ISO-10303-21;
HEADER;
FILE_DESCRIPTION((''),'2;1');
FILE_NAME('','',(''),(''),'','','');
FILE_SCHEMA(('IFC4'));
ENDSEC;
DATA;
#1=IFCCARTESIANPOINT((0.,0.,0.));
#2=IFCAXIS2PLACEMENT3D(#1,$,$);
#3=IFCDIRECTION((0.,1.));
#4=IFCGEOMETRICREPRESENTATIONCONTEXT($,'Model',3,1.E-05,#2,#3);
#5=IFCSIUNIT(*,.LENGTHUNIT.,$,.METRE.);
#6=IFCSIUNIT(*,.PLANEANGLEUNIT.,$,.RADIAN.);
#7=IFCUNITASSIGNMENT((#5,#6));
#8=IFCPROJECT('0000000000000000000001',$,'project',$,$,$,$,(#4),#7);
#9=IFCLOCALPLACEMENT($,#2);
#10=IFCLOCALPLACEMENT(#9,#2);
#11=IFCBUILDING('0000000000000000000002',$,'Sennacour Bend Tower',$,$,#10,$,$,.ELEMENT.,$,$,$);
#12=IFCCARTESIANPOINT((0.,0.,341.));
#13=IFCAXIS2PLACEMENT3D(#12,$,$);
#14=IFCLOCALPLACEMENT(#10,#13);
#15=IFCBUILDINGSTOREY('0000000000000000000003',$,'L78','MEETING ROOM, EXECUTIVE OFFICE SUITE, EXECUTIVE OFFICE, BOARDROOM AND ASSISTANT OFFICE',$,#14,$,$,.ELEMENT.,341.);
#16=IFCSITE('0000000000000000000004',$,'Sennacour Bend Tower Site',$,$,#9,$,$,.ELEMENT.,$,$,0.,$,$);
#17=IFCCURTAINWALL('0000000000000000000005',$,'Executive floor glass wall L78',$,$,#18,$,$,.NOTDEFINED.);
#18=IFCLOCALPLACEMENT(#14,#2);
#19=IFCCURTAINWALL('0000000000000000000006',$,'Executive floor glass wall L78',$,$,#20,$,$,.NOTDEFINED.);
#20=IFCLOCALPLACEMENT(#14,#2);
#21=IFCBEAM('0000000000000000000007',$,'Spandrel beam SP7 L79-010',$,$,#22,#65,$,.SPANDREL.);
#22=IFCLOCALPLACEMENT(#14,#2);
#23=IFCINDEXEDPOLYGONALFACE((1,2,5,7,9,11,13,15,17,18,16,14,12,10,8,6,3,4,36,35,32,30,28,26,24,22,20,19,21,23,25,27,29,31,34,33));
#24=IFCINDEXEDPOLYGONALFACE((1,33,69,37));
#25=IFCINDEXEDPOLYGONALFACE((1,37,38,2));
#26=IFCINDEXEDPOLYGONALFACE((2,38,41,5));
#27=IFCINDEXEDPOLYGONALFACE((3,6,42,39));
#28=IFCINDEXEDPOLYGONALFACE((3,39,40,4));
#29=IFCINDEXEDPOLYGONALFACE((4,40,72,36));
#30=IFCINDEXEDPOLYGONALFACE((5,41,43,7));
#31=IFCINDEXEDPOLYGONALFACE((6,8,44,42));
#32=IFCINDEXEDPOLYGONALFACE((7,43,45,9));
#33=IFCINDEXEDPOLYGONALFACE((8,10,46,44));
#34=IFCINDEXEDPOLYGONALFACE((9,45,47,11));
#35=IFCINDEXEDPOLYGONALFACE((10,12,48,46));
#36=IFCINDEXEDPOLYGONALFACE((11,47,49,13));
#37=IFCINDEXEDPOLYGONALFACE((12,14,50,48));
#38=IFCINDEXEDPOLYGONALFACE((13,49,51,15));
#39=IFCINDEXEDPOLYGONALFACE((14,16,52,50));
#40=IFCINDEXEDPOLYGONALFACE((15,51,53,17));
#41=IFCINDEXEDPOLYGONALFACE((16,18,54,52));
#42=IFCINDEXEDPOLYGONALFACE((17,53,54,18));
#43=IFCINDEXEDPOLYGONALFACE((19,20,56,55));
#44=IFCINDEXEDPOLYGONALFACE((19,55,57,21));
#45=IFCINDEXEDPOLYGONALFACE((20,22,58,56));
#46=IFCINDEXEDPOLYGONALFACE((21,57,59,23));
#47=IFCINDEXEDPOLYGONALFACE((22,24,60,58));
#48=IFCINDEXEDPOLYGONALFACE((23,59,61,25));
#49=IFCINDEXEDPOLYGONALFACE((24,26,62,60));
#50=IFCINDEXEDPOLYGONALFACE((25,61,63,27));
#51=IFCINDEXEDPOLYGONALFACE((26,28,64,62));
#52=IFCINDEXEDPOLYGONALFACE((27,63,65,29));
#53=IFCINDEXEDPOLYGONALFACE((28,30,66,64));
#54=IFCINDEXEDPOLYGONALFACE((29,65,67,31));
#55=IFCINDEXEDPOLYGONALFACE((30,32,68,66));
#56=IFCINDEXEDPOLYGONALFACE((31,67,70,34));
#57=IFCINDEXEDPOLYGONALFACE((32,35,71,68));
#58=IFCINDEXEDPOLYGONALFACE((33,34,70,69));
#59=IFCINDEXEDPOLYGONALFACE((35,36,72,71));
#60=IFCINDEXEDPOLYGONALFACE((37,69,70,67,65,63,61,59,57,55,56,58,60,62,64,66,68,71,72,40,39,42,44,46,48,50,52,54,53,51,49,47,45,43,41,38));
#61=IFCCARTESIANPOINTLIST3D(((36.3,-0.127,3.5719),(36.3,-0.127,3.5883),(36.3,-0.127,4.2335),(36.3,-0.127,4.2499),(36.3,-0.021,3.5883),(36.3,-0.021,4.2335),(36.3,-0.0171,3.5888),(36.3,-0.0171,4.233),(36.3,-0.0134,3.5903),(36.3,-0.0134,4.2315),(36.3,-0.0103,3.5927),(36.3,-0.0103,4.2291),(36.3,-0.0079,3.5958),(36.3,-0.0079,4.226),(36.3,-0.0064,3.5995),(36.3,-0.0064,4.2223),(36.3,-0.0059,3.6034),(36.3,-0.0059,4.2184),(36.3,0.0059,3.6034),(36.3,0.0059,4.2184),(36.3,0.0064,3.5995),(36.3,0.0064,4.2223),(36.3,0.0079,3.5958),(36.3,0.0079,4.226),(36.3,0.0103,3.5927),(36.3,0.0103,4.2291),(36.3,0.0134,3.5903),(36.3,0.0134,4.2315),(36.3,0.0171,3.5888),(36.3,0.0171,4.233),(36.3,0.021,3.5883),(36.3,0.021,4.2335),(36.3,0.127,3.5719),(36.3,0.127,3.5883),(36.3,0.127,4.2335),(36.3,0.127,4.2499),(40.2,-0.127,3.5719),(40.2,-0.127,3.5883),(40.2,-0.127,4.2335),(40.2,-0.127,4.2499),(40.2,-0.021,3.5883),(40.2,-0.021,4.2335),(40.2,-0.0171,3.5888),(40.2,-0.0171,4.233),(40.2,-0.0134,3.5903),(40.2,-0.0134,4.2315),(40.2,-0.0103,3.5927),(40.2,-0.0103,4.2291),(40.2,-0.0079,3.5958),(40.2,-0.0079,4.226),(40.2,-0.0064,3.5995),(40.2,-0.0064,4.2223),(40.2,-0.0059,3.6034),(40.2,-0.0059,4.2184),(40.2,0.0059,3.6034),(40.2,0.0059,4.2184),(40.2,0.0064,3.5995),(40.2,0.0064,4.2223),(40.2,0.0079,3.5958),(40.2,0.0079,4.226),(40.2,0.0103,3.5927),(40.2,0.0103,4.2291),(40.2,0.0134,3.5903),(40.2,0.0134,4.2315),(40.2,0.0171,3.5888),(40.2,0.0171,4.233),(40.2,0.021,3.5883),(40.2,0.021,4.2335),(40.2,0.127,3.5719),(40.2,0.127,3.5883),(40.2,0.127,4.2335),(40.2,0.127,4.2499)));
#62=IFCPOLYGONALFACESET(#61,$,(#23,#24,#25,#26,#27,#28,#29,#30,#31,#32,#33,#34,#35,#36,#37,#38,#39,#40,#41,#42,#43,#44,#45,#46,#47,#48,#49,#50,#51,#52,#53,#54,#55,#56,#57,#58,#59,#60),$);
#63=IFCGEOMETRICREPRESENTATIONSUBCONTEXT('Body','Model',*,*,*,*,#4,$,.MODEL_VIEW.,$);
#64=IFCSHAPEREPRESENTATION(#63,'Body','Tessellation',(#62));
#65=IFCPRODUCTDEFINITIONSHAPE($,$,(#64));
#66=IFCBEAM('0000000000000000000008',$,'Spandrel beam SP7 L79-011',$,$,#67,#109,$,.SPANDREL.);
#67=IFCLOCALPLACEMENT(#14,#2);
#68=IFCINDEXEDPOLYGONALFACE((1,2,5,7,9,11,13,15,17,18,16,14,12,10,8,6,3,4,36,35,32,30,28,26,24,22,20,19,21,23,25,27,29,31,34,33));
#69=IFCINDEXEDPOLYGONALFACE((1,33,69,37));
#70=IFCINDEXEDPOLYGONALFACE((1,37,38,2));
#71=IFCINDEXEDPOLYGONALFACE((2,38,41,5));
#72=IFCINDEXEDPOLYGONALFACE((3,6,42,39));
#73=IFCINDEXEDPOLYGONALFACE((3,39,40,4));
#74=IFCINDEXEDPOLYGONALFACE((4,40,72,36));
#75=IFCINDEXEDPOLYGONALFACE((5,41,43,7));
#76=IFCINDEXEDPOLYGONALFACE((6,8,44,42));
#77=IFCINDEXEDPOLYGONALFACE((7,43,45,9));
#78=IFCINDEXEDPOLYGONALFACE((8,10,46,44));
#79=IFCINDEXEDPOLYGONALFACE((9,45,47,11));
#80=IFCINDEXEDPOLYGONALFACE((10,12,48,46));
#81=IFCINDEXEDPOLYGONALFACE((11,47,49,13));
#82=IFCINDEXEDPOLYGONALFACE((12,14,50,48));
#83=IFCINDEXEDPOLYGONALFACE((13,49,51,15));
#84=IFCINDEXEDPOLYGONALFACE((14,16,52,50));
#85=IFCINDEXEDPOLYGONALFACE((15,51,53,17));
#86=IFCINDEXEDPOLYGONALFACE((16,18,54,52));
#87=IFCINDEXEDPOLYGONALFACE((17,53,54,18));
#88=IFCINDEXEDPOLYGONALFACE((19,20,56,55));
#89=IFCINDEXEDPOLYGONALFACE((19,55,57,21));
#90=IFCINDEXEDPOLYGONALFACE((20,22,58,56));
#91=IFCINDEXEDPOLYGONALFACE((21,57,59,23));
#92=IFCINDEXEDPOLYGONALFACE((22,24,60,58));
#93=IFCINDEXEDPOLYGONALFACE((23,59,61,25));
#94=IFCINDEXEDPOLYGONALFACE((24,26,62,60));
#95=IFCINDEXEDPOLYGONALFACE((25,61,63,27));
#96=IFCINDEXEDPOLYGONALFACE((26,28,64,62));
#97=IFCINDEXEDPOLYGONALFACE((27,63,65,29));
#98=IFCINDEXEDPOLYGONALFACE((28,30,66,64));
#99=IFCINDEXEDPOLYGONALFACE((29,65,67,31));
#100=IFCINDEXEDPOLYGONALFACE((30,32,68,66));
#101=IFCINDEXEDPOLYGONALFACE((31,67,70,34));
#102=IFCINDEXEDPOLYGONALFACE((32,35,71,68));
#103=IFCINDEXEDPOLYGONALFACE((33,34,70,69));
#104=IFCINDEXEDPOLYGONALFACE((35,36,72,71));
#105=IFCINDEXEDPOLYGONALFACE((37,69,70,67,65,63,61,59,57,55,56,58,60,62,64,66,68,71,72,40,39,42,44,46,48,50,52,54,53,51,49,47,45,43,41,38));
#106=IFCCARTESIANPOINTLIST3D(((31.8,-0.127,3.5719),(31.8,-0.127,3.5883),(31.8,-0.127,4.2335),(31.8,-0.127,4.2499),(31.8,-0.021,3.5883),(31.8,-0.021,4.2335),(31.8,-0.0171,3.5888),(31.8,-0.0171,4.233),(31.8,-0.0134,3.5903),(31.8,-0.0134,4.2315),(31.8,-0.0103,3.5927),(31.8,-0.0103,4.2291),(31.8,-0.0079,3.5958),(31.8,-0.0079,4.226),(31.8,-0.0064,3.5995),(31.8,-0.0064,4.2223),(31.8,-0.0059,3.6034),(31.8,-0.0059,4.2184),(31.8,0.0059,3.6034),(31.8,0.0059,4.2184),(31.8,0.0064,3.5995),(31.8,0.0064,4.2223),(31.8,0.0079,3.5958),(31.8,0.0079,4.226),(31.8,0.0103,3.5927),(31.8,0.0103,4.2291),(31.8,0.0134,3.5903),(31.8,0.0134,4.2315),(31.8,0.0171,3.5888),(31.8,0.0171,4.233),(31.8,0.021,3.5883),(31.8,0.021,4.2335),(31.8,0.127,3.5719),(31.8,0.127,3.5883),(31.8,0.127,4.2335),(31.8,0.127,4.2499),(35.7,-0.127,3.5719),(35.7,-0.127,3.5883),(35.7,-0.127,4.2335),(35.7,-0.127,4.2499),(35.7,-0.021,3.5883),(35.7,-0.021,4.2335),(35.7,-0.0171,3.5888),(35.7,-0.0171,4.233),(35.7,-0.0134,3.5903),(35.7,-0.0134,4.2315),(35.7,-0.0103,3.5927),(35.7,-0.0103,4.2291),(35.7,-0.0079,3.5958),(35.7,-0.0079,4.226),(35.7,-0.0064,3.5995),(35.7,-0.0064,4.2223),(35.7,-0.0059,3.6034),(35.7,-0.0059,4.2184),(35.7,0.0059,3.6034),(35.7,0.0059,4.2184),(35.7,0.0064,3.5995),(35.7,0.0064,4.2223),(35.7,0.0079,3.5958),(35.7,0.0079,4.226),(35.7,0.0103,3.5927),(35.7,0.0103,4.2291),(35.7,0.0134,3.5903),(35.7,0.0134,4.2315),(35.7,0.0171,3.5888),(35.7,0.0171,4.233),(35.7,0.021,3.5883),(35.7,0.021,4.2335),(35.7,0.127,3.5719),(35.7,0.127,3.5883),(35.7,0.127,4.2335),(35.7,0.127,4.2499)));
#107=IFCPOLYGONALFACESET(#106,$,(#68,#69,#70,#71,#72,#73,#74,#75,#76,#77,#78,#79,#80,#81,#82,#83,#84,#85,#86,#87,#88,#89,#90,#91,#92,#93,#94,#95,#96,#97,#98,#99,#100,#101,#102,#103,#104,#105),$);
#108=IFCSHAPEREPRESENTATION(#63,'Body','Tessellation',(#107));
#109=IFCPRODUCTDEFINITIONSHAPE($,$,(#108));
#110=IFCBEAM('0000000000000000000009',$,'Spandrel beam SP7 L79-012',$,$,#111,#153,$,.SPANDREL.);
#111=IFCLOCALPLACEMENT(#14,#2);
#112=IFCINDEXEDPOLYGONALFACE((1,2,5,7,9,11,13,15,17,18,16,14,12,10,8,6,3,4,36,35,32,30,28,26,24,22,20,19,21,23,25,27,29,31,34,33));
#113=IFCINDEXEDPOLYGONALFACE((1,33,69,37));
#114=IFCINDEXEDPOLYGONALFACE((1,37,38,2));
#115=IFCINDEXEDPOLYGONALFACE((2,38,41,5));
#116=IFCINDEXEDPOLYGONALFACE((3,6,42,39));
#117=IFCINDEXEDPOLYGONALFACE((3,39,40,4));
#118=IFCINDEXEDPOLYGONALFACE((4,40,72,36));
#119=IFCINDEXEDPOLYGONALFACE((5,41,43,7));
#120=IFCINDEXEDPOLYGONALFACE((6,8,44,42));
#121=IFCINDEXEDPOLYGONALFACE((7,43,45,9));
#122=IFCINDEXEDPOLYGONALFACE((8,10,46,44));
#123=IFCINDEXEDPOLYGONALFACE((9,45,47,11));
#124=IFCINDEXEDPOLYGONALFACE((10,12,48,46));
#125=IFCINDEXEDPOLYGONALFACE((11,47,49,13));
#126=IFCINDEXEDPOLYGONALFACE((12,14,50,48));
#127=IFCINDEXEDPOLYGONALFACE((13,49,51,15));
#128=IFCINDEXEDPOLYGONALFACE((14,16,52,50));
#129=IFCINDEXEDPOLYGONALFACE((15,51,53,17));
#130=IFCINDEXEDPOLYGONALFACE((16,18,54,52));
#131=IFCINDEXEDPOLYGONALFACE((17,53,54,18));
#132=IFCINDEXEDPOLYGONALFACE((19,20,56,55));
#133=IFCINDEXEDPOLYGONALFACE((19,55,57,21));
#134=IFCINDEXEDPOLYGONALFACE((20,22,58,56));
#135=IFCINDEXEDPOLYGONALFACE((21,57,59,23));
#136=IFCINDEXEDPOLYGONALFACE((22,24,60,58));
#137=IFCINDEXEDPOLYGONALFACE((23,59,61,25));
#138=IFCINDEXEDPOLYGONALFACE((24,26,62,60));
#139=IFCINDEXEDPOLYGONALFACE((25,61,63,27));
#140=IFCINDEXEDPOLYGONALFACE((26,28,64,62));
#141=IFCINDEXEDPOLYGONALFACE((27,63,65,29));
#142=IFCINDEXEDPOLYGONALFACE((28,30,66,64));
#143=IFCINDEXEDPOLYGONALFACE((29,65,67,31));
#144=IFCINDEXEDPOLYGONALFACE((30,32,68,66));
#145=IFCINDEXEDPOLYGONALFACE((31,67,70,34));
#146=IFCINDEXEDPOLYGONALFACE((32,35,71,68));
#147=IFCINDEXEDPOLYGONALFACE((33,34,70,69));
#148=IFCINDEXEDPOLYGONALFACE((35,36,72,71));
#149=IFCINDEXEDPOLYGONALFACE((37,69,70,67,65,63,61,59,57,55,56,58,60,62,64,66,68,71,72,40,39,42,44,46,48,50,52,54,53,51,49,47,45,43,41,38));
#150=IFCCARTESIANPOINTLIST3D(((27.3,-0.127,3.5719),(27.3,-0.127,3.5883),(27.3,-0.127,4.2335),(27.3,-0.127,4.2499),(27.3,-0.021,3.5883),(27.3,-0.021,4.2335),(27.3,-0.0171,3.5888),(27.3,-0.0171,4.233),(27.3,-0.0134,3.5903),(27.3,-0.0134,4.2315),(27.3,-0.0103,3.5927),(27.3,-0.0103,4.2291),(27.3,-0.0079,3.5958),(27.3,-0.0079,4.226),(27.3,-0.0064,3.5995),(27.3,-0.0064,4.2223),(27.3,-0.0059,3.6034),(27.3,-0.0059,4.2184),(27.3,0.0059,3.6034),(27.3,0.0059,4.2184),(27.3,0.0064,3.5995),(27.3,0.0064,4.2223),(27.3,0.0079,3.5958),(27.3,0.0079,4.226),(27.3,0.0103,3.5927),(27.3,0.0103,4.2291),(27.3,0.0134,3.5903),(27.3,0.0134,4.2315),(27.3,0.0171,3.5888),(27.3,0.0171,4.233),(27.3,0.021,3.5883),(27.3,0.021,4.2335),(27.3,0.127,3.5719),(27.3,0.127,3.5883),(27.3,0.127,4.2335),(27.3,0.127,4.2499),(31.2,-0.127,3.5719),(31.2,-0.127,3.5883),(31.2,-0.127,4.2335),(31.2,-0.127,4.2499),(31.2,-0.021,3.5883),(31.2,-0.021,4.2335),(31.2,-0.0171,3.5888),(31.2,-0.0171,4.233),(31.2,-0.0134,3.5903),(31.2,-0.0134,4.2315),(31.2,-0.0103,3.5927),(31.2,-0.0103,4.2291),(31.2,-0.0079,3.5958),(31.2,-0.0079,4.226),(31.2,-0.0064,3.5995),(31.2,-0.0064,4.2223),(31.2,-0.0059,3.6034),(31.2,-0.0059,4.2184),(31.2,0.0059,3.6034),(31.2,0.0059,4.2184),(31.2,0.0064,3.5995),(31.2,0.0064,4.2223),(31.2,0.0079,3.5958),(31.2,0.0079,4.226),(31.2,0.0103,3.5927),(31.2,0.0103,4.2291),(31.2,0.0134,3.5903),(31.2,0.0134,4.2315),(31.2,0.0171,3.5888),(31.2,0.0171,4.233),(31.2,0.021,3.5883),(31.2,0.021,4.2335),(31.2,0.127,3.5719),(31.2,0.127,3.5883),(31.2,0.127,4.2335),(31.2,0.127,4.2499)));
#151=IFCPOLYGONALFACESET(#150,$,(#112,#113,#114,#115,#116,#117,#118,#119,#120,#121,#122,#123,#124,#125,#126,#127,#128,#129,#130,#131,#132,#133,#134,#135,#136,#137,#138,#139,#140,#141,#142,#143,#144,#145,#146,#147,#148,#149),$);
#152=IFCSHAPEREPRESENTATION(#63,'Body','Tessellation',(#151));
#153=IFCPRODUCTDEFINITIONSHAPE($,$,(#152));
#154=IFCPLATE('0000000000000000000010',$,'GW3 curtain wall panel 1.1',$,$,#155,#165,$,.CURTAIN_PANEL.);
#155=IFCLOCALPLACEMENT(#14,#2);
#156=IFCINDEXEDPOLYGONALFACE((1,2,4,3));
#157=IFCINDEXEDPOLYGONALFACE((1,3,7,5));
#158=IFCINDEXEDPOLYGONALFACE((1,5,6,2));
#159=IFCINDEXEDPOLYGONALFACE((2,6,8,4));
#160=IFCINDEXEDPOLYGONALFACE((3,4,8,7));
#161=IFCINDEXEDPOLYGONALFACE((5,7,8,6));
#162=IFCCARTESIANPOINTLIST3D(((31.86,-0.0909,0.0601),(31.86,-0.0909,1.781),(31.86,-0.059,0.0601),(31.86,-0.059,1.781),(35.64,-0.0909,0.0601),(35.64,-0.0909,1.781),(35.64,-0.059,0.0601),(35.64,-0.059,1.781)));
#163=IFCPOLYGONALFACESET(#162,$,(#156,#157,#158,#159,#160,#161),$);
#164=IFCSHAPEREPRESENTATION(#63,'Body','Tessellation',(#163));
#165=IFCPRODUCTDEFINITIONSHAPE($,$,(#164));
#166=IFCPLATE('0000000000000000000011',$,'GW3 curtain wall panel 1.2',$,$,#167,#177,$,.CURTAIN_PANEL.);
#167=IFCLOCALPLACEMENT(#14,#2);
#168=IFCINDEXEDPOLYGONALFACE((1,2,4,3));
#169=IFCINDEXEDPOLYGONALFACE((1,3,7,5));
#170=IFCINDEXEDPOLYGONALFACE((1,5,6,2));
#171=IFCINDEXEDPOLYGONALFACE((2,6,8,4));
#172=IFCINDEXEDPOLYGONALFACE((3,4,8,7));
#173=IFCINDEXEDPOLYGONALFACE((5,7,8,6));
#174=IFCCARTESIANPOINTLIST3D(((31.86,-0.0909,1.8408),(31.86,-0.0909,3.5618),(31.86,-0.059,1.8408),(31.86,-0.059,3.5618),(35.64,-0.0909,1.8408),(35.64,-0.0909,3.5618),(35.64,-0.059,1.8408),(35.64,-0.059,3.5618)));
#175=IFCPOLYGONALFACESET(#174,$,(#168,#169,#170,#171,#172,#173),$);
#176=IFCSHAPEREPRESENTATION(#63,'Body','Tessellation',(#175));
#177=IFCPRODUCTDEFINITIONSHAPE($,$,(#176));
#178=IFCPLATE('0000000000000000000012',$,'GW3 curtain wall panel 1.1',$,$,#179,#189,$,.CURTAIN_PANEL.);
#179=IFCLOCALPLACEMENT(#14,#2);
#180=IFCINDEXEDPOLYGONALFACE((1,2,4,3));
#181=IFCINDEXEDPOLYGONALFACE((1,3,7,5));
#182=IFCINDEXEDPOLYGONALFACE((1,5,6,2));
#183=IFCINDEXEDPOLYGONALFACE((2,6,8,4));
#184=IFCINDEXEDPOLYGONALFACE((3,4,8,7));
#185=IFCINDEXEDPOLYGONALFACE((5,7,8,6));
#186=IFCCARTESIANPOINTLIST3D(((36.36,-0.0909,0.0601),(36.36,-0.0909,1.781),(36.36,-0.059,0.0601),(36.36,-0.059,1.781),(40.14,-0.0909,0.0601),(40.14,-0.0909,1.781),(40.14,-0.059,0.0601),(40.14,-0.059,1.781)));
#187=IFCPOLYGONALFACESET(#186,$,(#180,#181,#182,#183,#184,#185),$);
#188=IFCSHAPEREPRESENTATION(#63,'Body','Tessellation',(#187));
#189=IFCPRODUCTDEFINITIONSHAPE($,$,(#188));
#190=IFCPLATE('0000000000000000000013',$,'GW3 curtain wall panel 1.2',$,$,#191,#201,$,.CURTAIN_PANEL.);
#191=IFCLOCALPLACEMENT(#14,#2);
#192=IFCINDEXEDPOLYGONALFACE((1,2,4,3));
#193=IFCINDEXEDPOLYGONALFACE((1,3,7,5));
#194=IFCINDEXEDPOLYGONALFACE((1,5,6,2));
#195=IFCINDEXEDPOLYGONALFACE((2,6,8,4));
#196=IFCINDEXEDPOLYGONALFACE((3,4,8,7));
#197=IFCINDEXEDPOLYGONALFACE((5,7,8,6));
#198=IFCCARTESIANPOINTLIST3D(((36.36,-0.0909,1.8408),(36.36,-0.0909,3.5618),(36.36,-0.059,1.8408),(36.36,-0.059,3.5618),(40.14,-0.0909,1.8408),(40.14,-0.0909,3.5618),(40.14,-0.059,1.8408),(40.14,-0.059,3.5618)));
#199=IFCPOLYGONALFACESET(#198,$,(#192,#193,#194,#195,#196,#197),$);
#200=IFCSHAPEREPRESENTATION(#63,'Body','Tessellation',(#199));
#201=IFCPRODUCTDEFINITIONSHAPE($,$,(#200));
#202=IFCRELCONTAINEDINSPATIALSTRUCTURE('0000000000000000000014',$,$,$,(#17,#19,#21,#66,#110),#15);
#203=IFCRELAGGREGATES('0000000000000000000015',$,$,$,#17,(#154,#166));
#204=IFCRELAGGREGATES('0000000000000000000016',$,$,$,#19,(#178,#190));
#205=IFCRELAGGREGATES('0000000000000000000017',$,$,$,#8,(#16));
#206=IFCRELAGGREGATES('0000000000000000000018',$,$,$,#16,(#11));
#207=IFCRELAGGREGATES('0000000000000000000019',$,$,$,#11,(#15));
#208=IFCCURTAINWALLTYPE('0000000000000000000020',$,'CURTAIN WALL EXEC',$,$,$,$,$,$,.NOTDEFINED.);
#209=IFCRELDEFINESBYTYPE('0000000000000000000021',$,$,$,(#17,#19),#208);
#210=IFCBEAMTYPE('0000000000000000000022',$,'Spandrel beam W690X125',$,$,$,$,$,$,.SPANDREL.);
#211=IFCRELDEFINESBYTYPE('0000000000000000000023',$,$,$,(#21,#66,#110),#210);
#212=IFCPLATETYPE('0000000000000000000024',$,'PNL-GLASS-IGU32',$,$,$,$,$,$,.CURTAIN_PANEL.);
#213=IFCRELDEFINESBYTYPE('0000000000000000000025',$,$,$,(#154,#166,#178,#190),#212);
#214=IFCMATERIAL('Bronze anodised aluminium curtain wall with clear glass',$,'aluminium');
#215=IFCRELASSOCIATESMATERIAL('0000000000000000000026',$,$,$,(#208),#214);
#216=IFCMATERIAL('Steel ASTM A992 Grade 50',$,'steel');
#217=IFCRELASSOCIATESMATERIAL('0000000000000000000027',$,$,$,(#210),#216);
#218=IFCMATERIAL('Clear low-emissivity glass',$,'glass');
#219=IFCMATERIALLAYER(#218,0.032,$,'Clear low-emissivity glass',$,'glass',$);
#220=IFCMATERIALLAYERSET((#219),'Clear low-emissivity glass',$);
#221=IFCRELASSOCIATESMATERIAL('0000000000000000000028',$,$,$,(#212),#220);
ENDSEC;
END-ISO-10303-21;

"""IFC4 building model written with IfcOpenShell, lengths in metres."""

from ifc_helpers import new_model, si_unit, direction, frame, origin, origin_2d, place, context, subcontext, project, spatial, rectangle, i_section, extrude, material, layer, layer_set, material_profile, profile_set, type_object, element, aggregate, save


model = new_model("IFC4")

# Units and contexts
model_context = context("Model", 3, precision=1e-05, world=origin(), true_north=direction((0.0, 1.0)))
body_context = subcontext(model_context, "Body", "Model", "MODEL_VIEW")
ifc_project = project(units=[si_unit("LENGTHUNIT", "METRE"), si_unit("PLANEANGLEUNIT", "RADIAN")], contexts=[model_context])

# Site, building, storey
site_placement = place(None, origin())
site = spatial("IfcSite", under=ifc_project, at=site_placement, Name="Sennacour Bend Tower Site", CompositionType="ELEMENT", RefElevation=0.0)
building_placement = place(site_placement, origin())
building = spatial("IfcBuilding", under=site, at=building_placement, Name="Sennacour Bend Tower", CompositionType="ELEMENT")
storey_placement = place(building_placement, frame((0.0, 0.0, 341.0)))
storey = spatial("IfcBuildingStorey", under=building, at=storey_placement, Name="L78", Description="MEETING ROOM, EXECUTIVE OFFICE SUITE, EXECUTIVE OFFICE, BOARDROOM AND ASSISTANT OFFICE", CompositionType="ELEMENT", Elevation=341.0)

# Shared definitions
ifc_material_1 = material(Name="Bronze anodised aluminium curtain wall with clear glass", Category="aluminium")
curtain_wall_type = type_object("IfcCurtainWallType", Name="CURTAIN WALL EXEC", PredefinedType="NOTDEFINED", material=ifc_material_1)

# Curtain walls
curtain_wall_1_placement = place(storey_placement, origin())
curtain_wall_1 = element("IfcCurtainWall", 1, at=curtain_wall_1_placement, inside=storey, type_object=curtain_wall_type, Name="Executive floor glass wall L78", PredefinedType="NOTDEFINED")
curtain_wall_2_placement = place(storey_placement, origin())
curtain_wall_2 = element("IfcCurtainWall", 2, at=curtain_wall_2_placement, inside=storey, type_object=curtain_wall_type, Name="Executive floor glass wall L78", PredefinedType="NOTDEFINED")

# Beams
ifc_material_2 = material(Name="Steel ASTM A992 Grade 50", Category="steel")
ifc_material_profile_1 = material_profile(ifc_material_2, i_section(OverallWidth=0.2539, OverallDepth=0.678, WebThickness=0.0117, FlangeThickness=0.0164, FilletRadius=0.0151, at=origin_2d()), Name="Steel ASTM A992 Grade 50", Category="steel")
ifc_profile_set_1 = profile_set([ifc_material_profile_1], Name="Steel ASTM A992 Grade 50")
beam_type_1 = type_object("IfcBeamType", Name="Spandrel beam W690X125", PredefinedType="SPANDREL", material=ifc_profile_set_1)
for number, where, z_axis, x_axis, name in (
    (3, (40.2, 0.0, 3.9109), (-1.0, 0.0, 0.0), (0.0, -1.0, 0.0), "Spandrel beam SP7 L79-010"),
    (4, (35.7, 0.0, 3.9109), (-1.0, 0.0, 0.0), (0.0, -1.0, 0.0), "Spandrel beam SP7 L79-011"),
    (5, (31.2, 0.0, 3.9109), (-1.0, 0.0, 0.0), (0.0, -1.0, 0.0), "Spandrel beam SP7 L79-012"),
):
    element("IfcBeam", number, at=place(storey_placement, frame(where, z_axis=z_axis, x_axis=x_axis)), inside=storey, type_object=beam_type_1, Name=name, PredefinedType="SPANDREL", context=body_context, shape_type="SweptSolid", body=[
        extrude(i_section(OverallWidth=0.2539, OverallDepth=0.678, WebThickness=0.0117, FlangeThickness=0.0164, FilletRadius=0.0151, at=origin_2d()), origin(), (0.0, 0.0, 1.0), 3.8999),
    ])

# Plates
ifc_material_3 = material(Name="Clear low-emissivity glass", Category="glass")
ifc_layer_1 = layer(ifc_material_3, 0.032, Name="Clear low-emissivity glass", Category="glass")
ifc_layer_set_1 = layer_set([ifc_layer_1], Name="Clear low-emissivity glass")
plate_type = type_object("IfcPlateType", Name="PNL-GLASS-IGU32", PredefinedType="CURTAIN_PANEL", material=ifc_layer_set_1)
plate_1_placement = place(storey_placement, frame((33.75, -0.075, 0.0601), z_axis=(0.0, 0.0, 1.0), x_axis=(1.0, 0.0, 0.0)))
plate_1 = element("IfcPlate", 6, at=plate_1_placement, type_object=plate_type, Name="GW3 curtain wall panel 1.1", PredefinedType="CURTAIN_PANEL", context=body_context, shape_type="SweptSolid", body=[
    extrude(rectangle(XDim=3.78, YDim=0.032, at=origin_2d()), origin(), (0.0, 0.0, 1.0), 1.7209),
])
plate_2_placement = place(storey_placement, frame((33.75, -0.075, 1.8408), z_axis=(0.0, 0.0, 1.0), x_axis=(1.0, 0.0, 0.0)))
plate_2 = element("IfcPlate", 7, at=plate_2_placement, type_object=plate_type, Name="GW3 curtain wall panel 1.2", PredefinedType="CURTAIN_PANEL", context=body_context, shape_type="SweptSolid", body=[
    extrude(rectangle(XDim=3.78, YDim=0.032, at=origin_2d()), origin(), (0.0, 0.0, 1.0), 1.7209),
])
aggregate(curtain_wall_1, [plate_1, plate_2])
plate_3_placement = place(storey_placement, frame((38.25, -0.075, 0.0601), z_axis=(0.0, 0.0, 1.0), x_axis=(1.0, 0.0, 0.0)))
plate_3 = element("IfcPlate", 8, at=plate_3_placement, type_object=plate_type, Name="GW3 curtain wall panel 1.1", PredefinedType="CURTAIN_PANEL", context=body_context, shape_type="SweptSolid", body=[
    extrude(rectangle(XDim=3.78, YDim=0.032, at=origin_2d()), origin(), (0.0, 0.0, 1.0), 1.7209),
])
plate_4_placement = place(storey_placement, frame((38.25, -0.075, 1.8408), z_axis=(0.0, 0.0, 1.0), x_axis=(1.0, 0.0, 0.0)))
plate_4 = element("IfcPlate", 9, at=plate_4_placement, type_object=plate_type, Name="GW3 curtain wall panel 1.2", PredefinedType="CURTAIN_PANEL", context=body_context, shape_type="SweptSolid", body=[
    extrude(rectangle(XDim=3.78, YDim=0.032, at=origin_2d()), origin(), (0.0, 0.0, 1.0), 1.7209),
])
aggregate(curtain_wall_2, [plate_3, plate_4])

save(model, "model.ifc")
